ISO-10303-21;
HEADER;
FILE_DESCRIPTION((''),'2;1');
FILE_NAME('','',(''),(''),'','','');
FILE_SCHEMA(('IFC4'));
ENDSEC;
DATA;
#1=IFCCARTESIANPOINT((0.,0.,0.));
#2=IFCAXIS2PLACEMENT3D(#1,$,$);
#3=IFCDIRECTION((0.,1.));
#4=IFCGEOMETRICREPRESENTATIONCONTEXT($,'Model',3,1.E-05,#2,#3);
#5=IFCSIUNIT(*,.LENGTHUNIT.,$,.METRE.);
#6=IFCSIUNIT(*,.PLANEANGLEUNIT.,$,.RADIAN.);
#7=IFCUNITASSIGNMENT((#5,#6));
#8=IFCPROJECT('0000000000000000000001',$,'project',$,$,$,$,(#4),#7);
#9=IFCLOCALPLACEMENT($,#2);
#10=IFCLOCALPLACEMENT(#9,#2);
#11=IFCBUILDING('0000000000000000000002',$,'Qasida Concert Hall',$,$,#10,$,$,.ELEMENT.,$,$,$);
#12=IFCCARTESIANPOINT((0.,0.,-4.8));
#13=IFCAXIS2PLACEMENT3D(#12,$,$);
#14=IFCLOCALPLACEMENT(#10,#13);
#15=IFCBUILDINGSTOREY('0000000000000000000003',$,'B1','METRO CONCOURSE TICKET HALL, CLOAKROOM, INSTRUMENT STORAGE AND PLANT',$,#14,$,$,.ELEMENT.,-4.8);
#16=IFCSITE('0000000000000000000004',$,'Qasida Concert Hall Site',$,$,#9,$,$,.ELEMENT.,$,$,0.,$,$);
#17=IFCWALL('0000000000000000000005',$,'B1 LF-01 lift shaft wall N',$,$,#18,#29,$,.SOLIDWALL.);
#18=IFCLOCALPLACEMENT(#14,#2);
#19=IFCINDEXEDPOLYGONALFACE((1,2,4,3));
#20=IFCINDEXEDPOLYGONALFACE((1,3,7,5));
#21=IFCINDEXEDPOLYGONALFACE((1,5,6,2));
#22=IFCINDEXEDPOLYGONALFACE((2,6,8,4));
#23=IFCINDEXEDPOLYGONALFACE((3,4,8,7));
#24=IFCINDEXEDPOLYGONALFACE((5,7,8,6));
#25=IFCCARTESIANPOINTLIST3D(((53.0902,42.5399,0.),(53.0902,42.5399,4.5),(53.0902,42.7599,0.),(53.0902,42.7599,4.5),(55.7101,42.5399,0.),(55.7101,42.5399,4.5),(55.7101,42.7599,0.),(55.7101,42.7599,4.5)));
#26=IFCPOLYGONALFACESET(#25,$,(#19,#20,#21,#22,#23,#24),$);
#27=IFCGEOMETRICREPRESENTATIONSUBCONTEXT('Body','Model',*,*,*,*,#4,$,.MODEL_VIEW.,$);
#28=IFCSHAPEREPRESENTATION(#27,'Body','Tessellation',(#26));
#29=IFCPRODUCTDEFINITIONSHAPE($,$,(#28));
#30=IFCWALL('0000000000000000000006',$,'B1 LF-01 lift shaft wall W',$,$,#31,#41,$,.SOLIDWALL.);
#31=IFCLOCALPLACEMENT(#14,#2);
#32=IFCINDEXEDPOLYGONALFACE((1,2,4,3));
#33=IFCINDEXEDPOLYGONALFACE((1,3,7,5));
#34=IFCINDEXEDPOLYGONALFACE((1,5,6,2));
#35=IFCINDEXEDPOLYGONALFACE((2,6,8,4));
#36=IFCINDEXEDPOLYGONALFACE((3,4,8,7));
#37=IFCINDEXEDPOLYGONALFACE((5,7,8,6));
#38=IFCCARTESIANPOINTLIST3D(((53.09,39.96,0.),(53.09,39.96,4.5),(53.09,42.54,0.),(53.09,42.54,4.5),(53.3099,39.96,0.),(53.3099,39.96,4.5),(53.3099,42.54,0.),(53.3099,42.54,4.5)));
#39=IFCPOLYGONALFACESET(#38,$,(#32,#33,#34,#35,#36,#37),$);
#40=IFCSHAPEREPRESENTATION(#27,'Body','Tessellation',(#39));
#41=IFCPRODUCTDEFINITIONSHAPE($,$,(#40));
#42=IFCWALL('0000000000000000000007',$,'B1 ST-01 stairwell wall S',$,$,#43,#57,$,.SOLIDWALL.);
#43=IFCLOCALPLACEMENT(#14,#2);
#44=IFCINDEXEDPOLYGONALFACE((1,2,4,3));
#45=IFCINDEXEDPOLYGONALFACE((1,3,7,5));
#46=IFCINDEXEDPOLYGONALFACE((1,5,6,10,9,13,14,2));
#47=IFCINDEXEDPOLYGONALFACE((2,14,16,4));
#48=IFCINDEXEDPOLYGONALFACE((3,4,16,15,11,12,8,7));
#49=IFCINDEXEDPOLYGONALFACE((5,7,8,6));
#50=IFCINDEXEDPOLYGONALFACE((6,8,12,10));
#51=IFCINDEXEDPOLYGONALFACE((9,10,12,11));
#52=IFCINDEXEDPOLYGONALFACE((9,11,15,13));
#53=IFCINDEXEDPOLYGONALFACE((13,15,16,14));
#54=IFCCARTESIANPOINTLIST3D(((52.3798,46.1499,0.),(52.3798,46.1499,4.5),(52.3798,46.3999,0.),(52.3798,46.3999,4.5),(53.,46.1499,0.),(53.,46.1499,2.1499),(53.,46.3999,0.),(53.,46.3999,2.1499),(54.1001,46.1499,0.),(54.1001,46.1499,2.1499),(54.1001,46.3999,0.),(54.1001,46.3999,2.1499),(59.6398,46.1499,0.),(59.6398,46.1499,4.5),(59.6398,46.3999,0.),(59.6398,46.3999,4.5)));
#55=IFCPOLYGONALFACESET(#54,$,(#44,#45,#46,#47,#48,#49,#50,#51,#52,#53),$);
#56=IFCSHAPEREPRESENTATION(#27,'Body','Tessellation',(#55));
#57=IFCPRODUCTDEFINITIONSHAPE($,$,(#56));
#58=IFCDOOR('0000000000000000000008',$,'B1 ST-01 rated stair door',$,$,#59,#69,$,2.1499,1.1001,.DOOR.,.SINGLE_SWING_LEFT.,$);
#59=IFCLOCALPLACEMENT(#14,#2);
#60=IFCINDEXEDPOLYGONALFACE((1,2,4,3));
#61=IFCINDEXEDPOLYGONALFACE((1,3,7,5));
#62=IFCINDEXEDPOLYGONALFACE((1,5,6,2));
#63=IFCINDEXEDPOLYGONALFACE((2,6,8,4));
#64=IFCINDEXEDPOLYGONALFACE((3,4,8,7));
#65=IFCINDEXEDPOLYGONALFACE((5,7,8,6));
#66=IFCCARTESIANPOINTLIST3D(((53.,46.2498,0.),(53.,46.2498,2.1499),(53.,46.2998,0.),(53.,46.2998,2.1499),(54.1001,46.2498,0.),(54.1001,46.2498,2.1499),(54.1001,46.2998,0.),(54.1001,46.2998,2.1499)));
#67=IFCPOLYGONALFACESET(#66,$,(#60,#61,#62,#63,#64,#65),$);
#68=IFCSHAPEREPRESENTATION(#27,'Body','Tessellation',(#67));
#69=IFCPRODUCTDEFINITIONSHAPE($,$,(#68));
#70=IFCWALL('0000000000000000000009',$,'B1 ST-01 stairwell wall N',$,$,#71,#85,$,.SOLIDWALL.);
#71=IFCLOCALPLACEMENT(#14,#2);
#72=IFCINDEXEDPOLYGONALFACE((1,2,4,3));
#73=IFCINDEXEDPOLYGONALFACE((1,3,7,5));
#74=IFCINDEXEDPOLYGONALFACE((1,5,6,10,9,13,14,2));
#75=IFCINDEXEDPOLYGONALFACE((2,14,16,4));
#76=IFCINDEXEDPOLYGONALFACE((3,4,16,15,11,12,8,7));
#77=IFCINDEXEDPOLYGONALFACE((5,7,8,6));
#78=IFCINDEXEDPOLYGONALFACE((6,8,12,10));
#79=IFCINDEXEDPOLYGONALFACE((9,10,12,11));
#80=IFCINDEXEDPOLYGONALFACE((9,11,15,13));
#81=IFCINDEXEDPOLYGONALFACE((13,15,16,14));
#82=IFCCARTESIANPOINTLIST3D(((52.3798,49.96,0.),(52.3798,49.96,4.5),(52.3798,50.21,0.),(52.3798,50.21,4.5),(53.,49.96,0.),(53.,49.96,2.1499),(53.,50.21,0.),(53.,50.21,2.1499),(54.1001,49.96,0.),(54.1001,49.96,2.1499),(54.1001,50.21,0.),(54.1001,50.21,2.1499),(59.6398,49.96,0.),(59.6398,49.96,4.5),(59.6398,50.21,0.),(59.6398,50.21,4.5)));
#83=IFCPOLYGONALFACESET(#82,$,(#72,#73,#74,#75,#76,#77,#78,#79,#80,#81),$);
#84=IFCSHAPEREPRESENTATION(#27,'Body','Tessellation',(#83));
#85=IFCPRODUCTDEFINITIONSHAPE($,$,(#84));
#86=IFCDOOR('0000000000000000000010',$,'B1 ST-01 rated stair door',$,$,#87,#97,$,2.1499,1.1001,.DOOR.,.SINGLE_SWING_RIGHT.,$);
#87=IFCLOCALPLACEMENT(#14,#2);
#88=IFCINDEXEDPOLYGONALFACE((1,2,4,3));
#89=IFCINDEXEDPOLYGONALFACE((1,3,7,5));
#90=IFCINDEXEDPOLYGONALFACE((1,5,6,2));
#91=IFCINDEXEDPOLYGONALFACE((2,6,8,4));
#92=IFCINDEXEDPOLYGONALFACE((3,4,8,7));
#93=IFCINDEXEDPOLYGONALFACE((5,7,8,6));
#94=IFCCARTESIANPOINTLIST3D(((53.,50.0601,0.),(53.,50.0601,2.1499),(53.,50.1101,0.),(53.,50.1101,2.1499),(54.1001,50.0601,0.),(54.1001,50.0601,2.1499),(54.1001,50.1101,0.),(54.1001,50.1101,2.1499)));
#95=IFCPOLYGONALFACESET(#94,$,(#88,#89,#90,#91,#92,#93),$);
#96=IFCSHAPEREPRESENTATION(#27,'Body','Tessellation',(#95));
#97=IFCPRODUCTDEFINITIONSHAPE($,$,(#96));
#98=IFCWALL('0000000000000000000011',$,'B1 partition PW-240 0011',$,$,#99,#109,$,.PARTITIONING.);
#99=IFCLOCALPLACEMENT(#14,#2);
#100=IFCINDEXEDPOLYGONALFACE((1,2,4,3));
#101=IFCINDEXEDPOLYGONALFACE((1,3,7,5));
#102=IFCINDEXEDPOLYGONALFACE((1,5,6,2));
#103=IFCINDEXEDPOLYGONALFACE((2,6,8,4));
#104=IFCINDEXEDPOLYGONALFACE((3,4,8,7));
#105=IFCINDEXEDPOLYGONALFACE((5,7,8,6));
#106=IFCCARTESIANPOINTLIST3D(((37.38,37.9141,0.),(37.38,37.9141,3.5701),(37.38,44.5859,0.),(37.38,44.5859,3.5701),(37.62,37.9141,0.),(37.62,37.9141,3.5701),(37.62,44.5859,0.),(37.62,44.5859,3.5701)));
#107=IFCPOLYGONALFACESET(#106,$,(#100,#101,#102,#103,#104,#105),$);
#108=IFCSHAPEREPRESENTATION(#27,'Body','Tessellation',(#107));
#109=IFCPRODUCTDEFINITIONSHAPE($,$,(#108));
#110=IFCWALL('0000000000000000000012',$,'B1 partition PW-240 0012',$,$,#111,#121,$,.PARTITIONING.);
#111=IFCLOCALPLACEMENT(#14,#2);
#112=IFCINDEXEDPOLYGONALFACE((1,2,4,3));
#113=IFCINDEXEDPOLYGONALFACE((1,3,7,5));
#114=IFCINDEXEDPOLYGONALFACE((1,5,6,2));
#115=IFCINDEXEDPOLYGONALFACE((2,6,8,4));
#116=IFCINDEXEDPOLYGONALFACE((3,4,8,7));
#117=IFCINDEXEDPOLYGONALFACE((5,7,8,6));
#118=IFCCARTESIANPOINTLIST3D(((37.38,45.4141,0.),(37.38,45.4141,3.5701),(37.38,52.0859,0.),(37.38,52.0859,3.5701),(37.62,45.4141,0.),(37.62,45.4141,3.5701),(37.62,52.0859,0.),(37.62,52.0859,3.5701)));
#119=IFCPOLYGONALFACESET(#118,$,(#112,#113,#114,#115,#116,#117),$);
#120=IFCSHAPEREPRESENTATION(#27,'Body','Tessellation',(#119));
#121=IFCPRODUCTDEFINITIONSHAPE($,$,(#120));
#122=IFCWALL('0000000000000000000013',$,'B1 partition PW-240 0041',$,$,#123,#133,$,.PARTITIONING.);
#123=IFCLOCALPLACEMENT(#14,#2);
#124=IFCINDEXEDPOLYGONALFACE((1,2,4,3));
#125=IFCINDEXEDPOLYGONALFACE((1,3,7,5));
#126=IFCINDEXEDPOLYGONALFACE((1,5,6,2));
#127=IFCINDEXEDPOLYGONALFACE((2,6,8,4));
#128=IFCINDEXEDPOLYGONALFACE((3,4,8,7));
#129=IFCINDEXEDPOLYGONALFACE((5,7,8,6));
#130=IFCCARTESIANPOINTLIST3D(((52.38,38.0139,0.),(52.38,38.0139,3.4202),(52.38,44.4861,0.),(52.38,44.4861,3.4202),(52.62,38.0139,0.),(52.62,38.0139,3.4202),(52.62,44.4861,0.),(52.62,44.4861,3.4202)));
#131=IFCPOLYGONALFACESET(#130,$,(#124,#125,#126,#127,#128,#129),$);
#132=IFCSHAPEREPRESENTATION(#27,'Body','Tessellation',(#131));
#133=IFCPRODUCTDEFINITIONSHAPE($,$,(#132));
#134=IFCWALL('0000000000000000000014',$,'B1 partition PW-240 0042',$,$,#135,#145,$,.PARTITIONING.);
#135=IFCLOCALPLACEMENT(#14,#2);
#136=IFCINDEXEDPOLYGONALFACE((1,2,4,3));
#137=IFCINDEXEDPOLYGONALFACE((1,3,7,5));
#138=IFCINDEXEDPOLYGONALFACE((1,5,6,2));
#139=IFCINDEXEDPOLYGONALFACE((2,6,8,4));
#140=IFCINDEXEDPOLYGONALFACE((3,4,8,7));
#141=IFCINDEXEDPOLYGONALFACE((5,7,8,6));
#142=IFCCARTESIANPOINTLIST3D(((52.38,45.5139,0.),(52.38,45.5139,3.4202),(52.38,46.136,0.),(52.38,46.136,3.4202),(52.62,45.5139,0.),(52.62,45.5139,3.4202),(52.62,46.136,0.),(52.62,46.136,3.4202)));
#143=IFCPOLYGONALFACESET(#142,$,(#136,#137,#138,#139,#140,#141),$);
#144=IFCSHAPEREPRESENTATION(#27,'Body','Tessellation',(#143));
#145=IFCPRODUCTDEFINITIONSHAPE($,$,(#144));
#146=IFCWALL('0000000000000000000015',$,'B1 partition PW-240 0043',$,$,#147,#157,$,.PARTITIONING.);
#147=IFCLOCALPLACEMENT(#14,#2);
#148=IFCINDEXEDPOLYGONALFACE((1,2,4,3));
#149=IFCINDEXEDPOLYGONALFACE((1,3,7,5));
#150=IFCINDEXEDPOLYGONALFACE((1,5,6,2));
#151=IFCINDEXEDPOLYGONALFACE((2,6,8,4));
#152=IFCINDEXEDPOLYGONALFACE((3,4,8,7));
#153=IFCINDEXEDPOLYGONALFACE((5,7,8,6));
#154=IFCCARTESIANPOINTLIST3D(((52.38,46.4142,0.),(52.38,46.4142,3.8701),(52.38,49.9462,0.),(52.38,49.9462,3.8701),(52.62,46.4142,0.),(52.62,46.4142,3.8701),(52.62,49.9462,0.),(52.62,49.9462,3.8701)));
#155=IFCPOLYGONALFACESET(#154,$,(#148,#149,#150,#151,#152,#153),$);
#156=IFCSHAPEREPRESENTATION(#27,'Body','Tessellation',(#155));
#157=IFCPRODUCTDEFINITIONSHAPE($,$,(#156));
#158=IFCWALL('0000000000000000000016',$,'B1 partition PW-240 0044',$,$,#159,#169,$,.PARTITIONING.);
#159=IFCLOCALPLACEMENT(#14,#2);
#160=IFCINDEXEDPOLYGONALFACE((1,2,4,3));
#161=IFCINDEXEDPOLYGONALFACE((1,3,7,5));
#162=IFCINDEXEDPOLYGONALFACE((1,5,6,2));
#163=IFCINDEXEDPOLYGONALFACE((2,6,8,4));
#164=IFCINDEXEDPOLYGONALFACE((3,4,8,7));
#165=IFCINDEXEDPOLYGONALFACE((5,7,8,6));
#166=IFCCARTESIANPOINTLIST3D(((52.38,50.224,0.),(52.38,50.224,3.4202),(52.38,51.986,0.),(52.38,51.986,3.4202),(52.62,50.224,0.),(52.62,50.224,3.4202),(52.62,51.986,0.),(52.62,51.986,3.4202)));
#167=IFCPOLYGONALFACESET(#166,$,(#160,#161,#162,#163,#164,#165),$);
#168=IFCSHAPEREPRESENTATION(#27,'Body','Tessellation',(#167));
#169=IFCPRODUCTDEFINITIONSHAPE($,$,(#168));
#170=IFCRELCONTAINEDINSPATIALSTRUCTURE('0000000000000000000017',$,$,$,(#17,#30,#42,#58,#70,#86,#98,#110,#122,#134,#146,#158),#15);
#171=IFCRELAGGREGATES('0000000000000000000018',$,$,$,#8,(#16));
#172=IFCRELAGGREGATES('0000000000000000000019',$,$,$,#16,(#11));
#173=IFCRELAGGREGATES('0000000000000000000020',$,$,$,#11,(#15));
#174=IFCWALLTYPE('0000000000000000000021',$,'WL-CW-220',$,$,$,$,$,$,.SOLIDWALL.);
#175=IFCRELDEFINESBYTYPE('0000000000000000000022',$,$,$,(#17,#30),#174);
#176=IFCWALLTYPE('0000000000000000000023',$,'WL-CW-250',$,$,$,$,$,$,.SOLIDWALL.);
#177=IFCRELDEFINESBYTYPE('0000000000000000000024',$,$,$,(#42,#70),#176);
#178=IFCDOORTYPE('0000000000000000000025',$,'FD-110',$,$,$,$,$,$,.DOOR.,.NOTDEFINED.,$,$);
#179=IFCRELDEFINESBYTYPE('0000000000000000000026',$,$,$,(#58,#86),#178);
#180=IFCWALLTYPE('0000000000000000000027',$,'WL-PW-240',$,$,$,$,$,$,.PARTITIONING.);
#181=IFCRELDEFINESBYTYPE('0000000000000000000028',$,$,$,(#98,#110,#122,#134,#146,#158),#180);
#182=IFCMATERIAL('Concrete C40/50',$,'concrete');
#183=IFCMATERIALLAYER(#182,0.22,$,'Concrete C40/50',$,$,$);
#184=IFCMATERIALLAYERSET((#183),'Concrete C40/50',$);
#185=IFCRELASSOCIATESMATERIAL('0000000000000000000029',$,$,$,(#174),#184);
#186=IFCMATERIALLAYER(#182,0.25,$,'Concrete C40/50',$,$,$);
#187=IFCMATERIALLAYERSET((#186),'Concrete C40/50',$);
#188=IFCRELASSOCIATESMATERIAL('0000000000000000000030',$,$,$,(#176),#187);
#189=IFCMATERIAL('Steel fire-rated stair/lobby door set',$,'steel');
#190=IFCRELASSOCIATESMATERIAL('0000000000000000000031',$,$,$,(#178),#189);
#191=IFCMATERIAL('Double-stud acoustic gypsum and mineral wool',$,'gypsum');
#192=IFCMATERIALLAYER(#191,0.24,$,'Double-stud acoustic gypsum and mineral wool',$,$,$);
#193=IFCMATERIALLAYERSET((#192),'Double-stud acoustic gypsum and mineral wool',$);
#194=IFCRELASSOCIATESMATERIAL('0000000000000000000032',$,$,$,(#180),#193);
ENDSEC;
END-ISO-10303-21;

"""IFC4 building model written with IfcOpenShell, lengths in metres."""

from ifc_helpers import new_model, si_unit, direction, frame, frame_2d, origin, place, context, subcontext, project, spatial, rectangle, extrude, material, layer, layer_set, type_object, element, fill, save


model = new_model("IFC4")

# Units and contexts
model_context = context("Model", 3, precision=1e-05, world=origin(), true_north=direction((0.0, 1.0)))
body_context = subcontext(model_context, "Body", "Model", "MODEL_VIEW")
ifc_project = project(units=[si_unit("LENGTHUNIT", "METRE"), si_unit("PLANEANGLEUNIT", "RADIAN")], contexts=[model_context])

# Site, building, storey
site_placement = place(None, origin())
site = spatial("IfcSite", under=ifc_project, at=site_placement, Name="Qasida Concert Hall Site", CompositionType="ELEMENT", RefElevation=0.0)
building_placement = place(site_placement, origin())
building = spatial("IfcBuilding", under=site, at=building_placement, Name="Qasida Concert Hall", CompositionType="ELEMENT")
storey_placement = place(building_placement, frame((0.0, 0.0, -4.8)))
storey = spatial("IfcBuildingStorey", under=building, at=storey_placement, Name="B1", Description="METRO CONCOURSE TICKET HALL, CLOAKROOM, INSTRUMENT STORAGE AND PLANT", CompositionType="ELEMENT", Elevation=-4.8)

# Shared definitions
ifc_material_1 = material(Name="Concrete C40/50", Category="concrete")

# Walls
ifc_layer_1 = layer(ifc_material_1, 0.22, Name="Concrete C40/50")
ifc_layer_set_1 = layer_set([ifc_layer_1], Name="Concrete C40/50")
wall_type_1 = type_object("IfcWallType", Name="WL-CW-220", PredefinedType="SOLIDWALL", material=ifc_layer_set_1)
for number, where, z_axis, x_axis, name in (
    (1, (53.0901, 42.6499, 0.0), (0.0, 0.0, 1.0), (1.0, 0.0, 0.0), "B1 LF-01 lift shaft wall N"),
):
    element("IfcWall", number, at=place(storey_placement, frame(where, z_axis=z_axis, x_axis=x_axis)), inside=storey, type_object=wall_type_1, Name=name, PredefinedType="SOLIDWALL", context=body_context, shape_type="SweptSolid", body=[
        extrude(rectangle(XDim=2.6199, YDim=0.22, at=frame_2d((1.3101, 0.0))), origin(), (0.0, 0.0, 1.0), 4.5),
    ])
wall_1_placement = place(storey_placement, frame((53.2, 39.96, 0.0), z_axis=(0.0, 0.0, 1.0), x_axis=(0.0, 1.0, 0.0)))
element("IfcWall", 2, at=wall_1_placement, inside=storey, type_object=wall_type_1, Name="B1 LF-01 lift shaft wall W", PredefinedType="SOLIDWALL", context=body_context, shape_type="SweptSolid", body=[
    extrude(rectangle(XDim=2.5801, YDim=0.22, at=frame_2d((1.29, 0.0))), origin(), (0.0, 0.0, 1.0), 4.5),
])

# Walls, openings, doors
ifc_layer_2 = layer(ifc_material_1, 0.25, Name="Concrete C40/50")
ifc_layer_set_2 = layer_set([ifc_layer_2], Name="Concrete C40/50")
wall_type_2 = type_object("IfcWallType", Name="WL-CW-250", PredefinedType="SOLIDWALL", material=ifc_layer_set_2)
wall_2_placement = place(storey_placement, frame((52.3799, 46.2749, 0.0), z_axis=(0.0, 0.0, 1.0), x_axis=(1.0, 0.0, 0.0)))
wall_2 = element("IfcWall", 3, at=wall_2_placement, inside=storey, type_object=wall_type_2, Name="B1 ST-01 stairwell wall S", PredefinedType="SOLIDWALL", context=body_context, shape_type="SweptSolid", body=[
    extrude(rectangle(XDim=7.26, YDim=0.25, at=frame_2d((3.6299, 0.0))), origin(), (0.0, 0.0, 1.0), 4.5),
])
opening_1_placement = place(wall_2_placement, frame((0.6201, 0.0, 0.0)))
opening_1 = element("IfcOpeningElement", 4, at=opening_1_placement, cuts=wall_2, PredefinedType="OPENING", context=body_context, shape_type="SweptSolid", body=[
    extrude(rectangle(XDim=1.1001, YDim=2.1499, at=frame_2d((0.55, 1.075))), frame((0.0, 0.135, 0.0), z_axis=(0.0, -1.0, 0.0), x_axis=(1.0, 0.0, 0.0)), (0.0, 0.0, 1.0), 0.27),
])
ifc_material_2 = material(Name="Steel fire-rated stair/lobby door set", Category="steel")
door_type = type_object("IfcDoorType", Name="FD-110", OperationType="NOTDEFINED", PredefinedType="DOOR", material=ifc_material_2)
door_1_placement = place(opening_1_placement, origin())
door_1 = element("IfcDoor", 5, at=door_1_placement, inside=storey, type_object=door_type, Name="B1 ST-01 rated stair door", OperationType="SINGLE_SWING_LEFT", OverallHeight=2.1499, OverallWidth=1.1001, PredefinedType="DOOR", context=body_context, shape_type="SweptSolid", body=[
    extrude(rectangle(XDim=1.1001, YDim=2.1499, at=frame_2d((0.55, 1.075))), frame((0.0, 0.0249, 0.0), z_axis=(0.0, -1.0, 0.0), x_axis=(1.0, 0.0, 0.0)), (0.0, 0.0, 1.0), 0.05),
])
fill(opening_1, door_1)
wall_3_placement = place(storey_placement, frame((52.3799, 50.085, 0.0), z_axis=(0.0, 0.0, 1.0), x_axis=(1.0, 0.0, 0.0)))
wall_3 = element("IfcWall", 6, at=wall_3_placement, inside=storey, type_object=wall_type_2, Name="B1 ST-01 stairwell wall N", PredefinedType="SOLIDWALL", context=body_context, shape_type="SweptSolid", body=[
    extrude(rectangle(XDim=7.26, YDim=0.25, at=frame_2d((3.6299, 0.0))), origin(), (0.0, 0.0, 1.0), 4.5),
])
opening_2_placement = place(wall_3_placement, frame((0.6201, 0.0, 0.0)))
opening_2 = element("IfcOpeningElement", 7, at=opening_2_placement, cuts=wall_3, PredefinedType="OPENING", context=body_context, shape_type="SweptSolid", body=[
    extrude(rectangle(XDim=1.1001, YDim=2.1499, at=frame_2d((0.55, 1.075))), frame((0.0, 0.135, 0.0), z_axis=(0.0, -1.0, 0.0), x_axis=(1.0, 0.0, 0.0)), (0.0, 0.0, 1.0), 0.27),
])
door_2_placement = place(opening_2_placement, frame((1.1001, 0.0, 0.0), z_axis=(0.0, 0.0, 1.0), x_axis=(-1.0, 0.0, 0.0)))
door_2 = element("IfcDoor", 8, at=door_2_placement, inside=storey, type_object=door_type, Name="B1 ST-01 rated stair door", OperationType="SINGLE_SWING_RIGHT", OverallHeight=2.1499, OverallWidth=1.1001, PredefinedType="DOOR", context=body_context, shape_type="SweptSolid", body=[
    extrude(rectangle(XDim=1.1001, YDim=2.1499, at=frame_2d((0.55, 1.075))), frame((0.0, 0.0249, 0.0), z_axis=(0.0, -1.0, 0.0), x_axis=(1.0, 0.0, 0.0)), (0.0, 0.0, 1.0), 0.05),
])
fill(opening_2, door_2)

# Walls
ifc_material_3 = material(Name="Double-stud acoustic gypsum and mineral wool", Category="gypsum")
ifc_layer_3 = layer(ifc_material_3, 0.24, Name="Double-stud acoustic gypsum and mineral wool")
ifc_layer_set_3 = layer_set([ifc_layer_3], Name="Double-stud acoustic gypsum and mineral wool")
wall_type_3 = type_object("IfcWallType", Name="WL-PW-240", PredefinedType="PARTITIONING", material=ifc_layer_set_3)
for number, where, z_axis, x_axis, name in (
    (9, (37.5, 37.9141, 0.0), (0.0, 0.0, 1.0), (0.0, 1.0, 0.0), "B1 partition PW-240 0011"),
    (10, (37.5, 45.4141, 0.0), (0.0, 0.0, 1.0), (0.0, 1.0, 0.0), "B1 partition PW-240 0012"),
):
    element("IfcWall", number, at=place(storey_placement, frame(where, z_axis=z_axis, x_axis=x_axis)), inside=storey, type_object=wall_type_3, Name=name, PredefinedType="PARTITIONING", context=body_context, shape_type="SweptSolid", body=[
        extrude(rectangle(XDim=6.6719, YDim=0.24, at=frame_2d((3.3359, 0.0))), origin(), (0.0, 0.0, 1.0), 3.5701),
    ])
wall_4_placement = place(storey_placement, frame((52.5, 38.0139, 0.0), z_axis=(0.0, 0.0, 1.0), x_axis=(0.0, 1.0, 0.0)))
element("IfcWall", 11, at=wall_4_placement, inside=storey, type_object=wall_type_3, Name="B1 partition PW-240 0041", PredefinedType="PARTITIONING", context=body_context, shape_type="SweptSolid", body=[
    extrude(rectangle(XDim=6.4722, YDim=0.24, at=frame_2d((3.2361, 0.0))), origin(), (0.0, 0.0, 1.0), 3.4202),
])
wall_5_placement = place(storey_placement, frame((52.5, 45.5139, 0.0), z_axis=(0.0, 0.0, 1.0), x_axis=(0.0, 1.0, 0.0)))
element("IfcWall", 12, at=wall_5_placement, inside=storey, type_object=wall_type_3, Name="B1 partition PW-240 0042", PredefinedType="PARTITIONING", context=body_context, shape_type="SweptSolid", body=[
    extrude(rectangle(XDim=0.6221, YDim=0.24, at=frame_2d((0.311, 0.0))), origin(), (0.0, 0.0, 1.0), 3.4202),
])
wall_6_placement = place(storey_placement, frame((52.5, 46.4141, 0.0), z_axis=(0.0, 0.0, 1.0), x_axis=(0.0, 1.0, 0.0)))
element("IfcWall", 13, at=wall_6_placement, inside=storey, type_object=wall_type_3, Name="B1 partition PW-240 0043", PredefinedType="PARTITIONING", context=body_context, shape_type="SweptSolid", body=[
    extrude(rectangle(XDim=3.532, YDim=0.24, at=frame_2d((1.7661, 0.0))), origin(), (0.0, 0.0, 1.0), 3.8701),
])
wall_7_placement = place(storey_placement, frame((52.5, 50.2241, 0.0), z_axis=(0.0, 0.0, 1.0), x_axis=(0.0, 1.0, 0.0)))
element("IfcWall", 14, at=wall_7_placement, inside=storey, type_object=wall_type_3, Name="B1 partition PW-240 0044", PredefinedType="PARTITIONING", context=body_context, shape_type="SweptSolid", body=[
    extrude(rectangle(XDim=1.762, YDim=0.24, at=frame_2d((0.8809, 0.0))), origin(), (0.0, 0.0, 1.0), 3.4202),
])

save(model, "model.ifc")
